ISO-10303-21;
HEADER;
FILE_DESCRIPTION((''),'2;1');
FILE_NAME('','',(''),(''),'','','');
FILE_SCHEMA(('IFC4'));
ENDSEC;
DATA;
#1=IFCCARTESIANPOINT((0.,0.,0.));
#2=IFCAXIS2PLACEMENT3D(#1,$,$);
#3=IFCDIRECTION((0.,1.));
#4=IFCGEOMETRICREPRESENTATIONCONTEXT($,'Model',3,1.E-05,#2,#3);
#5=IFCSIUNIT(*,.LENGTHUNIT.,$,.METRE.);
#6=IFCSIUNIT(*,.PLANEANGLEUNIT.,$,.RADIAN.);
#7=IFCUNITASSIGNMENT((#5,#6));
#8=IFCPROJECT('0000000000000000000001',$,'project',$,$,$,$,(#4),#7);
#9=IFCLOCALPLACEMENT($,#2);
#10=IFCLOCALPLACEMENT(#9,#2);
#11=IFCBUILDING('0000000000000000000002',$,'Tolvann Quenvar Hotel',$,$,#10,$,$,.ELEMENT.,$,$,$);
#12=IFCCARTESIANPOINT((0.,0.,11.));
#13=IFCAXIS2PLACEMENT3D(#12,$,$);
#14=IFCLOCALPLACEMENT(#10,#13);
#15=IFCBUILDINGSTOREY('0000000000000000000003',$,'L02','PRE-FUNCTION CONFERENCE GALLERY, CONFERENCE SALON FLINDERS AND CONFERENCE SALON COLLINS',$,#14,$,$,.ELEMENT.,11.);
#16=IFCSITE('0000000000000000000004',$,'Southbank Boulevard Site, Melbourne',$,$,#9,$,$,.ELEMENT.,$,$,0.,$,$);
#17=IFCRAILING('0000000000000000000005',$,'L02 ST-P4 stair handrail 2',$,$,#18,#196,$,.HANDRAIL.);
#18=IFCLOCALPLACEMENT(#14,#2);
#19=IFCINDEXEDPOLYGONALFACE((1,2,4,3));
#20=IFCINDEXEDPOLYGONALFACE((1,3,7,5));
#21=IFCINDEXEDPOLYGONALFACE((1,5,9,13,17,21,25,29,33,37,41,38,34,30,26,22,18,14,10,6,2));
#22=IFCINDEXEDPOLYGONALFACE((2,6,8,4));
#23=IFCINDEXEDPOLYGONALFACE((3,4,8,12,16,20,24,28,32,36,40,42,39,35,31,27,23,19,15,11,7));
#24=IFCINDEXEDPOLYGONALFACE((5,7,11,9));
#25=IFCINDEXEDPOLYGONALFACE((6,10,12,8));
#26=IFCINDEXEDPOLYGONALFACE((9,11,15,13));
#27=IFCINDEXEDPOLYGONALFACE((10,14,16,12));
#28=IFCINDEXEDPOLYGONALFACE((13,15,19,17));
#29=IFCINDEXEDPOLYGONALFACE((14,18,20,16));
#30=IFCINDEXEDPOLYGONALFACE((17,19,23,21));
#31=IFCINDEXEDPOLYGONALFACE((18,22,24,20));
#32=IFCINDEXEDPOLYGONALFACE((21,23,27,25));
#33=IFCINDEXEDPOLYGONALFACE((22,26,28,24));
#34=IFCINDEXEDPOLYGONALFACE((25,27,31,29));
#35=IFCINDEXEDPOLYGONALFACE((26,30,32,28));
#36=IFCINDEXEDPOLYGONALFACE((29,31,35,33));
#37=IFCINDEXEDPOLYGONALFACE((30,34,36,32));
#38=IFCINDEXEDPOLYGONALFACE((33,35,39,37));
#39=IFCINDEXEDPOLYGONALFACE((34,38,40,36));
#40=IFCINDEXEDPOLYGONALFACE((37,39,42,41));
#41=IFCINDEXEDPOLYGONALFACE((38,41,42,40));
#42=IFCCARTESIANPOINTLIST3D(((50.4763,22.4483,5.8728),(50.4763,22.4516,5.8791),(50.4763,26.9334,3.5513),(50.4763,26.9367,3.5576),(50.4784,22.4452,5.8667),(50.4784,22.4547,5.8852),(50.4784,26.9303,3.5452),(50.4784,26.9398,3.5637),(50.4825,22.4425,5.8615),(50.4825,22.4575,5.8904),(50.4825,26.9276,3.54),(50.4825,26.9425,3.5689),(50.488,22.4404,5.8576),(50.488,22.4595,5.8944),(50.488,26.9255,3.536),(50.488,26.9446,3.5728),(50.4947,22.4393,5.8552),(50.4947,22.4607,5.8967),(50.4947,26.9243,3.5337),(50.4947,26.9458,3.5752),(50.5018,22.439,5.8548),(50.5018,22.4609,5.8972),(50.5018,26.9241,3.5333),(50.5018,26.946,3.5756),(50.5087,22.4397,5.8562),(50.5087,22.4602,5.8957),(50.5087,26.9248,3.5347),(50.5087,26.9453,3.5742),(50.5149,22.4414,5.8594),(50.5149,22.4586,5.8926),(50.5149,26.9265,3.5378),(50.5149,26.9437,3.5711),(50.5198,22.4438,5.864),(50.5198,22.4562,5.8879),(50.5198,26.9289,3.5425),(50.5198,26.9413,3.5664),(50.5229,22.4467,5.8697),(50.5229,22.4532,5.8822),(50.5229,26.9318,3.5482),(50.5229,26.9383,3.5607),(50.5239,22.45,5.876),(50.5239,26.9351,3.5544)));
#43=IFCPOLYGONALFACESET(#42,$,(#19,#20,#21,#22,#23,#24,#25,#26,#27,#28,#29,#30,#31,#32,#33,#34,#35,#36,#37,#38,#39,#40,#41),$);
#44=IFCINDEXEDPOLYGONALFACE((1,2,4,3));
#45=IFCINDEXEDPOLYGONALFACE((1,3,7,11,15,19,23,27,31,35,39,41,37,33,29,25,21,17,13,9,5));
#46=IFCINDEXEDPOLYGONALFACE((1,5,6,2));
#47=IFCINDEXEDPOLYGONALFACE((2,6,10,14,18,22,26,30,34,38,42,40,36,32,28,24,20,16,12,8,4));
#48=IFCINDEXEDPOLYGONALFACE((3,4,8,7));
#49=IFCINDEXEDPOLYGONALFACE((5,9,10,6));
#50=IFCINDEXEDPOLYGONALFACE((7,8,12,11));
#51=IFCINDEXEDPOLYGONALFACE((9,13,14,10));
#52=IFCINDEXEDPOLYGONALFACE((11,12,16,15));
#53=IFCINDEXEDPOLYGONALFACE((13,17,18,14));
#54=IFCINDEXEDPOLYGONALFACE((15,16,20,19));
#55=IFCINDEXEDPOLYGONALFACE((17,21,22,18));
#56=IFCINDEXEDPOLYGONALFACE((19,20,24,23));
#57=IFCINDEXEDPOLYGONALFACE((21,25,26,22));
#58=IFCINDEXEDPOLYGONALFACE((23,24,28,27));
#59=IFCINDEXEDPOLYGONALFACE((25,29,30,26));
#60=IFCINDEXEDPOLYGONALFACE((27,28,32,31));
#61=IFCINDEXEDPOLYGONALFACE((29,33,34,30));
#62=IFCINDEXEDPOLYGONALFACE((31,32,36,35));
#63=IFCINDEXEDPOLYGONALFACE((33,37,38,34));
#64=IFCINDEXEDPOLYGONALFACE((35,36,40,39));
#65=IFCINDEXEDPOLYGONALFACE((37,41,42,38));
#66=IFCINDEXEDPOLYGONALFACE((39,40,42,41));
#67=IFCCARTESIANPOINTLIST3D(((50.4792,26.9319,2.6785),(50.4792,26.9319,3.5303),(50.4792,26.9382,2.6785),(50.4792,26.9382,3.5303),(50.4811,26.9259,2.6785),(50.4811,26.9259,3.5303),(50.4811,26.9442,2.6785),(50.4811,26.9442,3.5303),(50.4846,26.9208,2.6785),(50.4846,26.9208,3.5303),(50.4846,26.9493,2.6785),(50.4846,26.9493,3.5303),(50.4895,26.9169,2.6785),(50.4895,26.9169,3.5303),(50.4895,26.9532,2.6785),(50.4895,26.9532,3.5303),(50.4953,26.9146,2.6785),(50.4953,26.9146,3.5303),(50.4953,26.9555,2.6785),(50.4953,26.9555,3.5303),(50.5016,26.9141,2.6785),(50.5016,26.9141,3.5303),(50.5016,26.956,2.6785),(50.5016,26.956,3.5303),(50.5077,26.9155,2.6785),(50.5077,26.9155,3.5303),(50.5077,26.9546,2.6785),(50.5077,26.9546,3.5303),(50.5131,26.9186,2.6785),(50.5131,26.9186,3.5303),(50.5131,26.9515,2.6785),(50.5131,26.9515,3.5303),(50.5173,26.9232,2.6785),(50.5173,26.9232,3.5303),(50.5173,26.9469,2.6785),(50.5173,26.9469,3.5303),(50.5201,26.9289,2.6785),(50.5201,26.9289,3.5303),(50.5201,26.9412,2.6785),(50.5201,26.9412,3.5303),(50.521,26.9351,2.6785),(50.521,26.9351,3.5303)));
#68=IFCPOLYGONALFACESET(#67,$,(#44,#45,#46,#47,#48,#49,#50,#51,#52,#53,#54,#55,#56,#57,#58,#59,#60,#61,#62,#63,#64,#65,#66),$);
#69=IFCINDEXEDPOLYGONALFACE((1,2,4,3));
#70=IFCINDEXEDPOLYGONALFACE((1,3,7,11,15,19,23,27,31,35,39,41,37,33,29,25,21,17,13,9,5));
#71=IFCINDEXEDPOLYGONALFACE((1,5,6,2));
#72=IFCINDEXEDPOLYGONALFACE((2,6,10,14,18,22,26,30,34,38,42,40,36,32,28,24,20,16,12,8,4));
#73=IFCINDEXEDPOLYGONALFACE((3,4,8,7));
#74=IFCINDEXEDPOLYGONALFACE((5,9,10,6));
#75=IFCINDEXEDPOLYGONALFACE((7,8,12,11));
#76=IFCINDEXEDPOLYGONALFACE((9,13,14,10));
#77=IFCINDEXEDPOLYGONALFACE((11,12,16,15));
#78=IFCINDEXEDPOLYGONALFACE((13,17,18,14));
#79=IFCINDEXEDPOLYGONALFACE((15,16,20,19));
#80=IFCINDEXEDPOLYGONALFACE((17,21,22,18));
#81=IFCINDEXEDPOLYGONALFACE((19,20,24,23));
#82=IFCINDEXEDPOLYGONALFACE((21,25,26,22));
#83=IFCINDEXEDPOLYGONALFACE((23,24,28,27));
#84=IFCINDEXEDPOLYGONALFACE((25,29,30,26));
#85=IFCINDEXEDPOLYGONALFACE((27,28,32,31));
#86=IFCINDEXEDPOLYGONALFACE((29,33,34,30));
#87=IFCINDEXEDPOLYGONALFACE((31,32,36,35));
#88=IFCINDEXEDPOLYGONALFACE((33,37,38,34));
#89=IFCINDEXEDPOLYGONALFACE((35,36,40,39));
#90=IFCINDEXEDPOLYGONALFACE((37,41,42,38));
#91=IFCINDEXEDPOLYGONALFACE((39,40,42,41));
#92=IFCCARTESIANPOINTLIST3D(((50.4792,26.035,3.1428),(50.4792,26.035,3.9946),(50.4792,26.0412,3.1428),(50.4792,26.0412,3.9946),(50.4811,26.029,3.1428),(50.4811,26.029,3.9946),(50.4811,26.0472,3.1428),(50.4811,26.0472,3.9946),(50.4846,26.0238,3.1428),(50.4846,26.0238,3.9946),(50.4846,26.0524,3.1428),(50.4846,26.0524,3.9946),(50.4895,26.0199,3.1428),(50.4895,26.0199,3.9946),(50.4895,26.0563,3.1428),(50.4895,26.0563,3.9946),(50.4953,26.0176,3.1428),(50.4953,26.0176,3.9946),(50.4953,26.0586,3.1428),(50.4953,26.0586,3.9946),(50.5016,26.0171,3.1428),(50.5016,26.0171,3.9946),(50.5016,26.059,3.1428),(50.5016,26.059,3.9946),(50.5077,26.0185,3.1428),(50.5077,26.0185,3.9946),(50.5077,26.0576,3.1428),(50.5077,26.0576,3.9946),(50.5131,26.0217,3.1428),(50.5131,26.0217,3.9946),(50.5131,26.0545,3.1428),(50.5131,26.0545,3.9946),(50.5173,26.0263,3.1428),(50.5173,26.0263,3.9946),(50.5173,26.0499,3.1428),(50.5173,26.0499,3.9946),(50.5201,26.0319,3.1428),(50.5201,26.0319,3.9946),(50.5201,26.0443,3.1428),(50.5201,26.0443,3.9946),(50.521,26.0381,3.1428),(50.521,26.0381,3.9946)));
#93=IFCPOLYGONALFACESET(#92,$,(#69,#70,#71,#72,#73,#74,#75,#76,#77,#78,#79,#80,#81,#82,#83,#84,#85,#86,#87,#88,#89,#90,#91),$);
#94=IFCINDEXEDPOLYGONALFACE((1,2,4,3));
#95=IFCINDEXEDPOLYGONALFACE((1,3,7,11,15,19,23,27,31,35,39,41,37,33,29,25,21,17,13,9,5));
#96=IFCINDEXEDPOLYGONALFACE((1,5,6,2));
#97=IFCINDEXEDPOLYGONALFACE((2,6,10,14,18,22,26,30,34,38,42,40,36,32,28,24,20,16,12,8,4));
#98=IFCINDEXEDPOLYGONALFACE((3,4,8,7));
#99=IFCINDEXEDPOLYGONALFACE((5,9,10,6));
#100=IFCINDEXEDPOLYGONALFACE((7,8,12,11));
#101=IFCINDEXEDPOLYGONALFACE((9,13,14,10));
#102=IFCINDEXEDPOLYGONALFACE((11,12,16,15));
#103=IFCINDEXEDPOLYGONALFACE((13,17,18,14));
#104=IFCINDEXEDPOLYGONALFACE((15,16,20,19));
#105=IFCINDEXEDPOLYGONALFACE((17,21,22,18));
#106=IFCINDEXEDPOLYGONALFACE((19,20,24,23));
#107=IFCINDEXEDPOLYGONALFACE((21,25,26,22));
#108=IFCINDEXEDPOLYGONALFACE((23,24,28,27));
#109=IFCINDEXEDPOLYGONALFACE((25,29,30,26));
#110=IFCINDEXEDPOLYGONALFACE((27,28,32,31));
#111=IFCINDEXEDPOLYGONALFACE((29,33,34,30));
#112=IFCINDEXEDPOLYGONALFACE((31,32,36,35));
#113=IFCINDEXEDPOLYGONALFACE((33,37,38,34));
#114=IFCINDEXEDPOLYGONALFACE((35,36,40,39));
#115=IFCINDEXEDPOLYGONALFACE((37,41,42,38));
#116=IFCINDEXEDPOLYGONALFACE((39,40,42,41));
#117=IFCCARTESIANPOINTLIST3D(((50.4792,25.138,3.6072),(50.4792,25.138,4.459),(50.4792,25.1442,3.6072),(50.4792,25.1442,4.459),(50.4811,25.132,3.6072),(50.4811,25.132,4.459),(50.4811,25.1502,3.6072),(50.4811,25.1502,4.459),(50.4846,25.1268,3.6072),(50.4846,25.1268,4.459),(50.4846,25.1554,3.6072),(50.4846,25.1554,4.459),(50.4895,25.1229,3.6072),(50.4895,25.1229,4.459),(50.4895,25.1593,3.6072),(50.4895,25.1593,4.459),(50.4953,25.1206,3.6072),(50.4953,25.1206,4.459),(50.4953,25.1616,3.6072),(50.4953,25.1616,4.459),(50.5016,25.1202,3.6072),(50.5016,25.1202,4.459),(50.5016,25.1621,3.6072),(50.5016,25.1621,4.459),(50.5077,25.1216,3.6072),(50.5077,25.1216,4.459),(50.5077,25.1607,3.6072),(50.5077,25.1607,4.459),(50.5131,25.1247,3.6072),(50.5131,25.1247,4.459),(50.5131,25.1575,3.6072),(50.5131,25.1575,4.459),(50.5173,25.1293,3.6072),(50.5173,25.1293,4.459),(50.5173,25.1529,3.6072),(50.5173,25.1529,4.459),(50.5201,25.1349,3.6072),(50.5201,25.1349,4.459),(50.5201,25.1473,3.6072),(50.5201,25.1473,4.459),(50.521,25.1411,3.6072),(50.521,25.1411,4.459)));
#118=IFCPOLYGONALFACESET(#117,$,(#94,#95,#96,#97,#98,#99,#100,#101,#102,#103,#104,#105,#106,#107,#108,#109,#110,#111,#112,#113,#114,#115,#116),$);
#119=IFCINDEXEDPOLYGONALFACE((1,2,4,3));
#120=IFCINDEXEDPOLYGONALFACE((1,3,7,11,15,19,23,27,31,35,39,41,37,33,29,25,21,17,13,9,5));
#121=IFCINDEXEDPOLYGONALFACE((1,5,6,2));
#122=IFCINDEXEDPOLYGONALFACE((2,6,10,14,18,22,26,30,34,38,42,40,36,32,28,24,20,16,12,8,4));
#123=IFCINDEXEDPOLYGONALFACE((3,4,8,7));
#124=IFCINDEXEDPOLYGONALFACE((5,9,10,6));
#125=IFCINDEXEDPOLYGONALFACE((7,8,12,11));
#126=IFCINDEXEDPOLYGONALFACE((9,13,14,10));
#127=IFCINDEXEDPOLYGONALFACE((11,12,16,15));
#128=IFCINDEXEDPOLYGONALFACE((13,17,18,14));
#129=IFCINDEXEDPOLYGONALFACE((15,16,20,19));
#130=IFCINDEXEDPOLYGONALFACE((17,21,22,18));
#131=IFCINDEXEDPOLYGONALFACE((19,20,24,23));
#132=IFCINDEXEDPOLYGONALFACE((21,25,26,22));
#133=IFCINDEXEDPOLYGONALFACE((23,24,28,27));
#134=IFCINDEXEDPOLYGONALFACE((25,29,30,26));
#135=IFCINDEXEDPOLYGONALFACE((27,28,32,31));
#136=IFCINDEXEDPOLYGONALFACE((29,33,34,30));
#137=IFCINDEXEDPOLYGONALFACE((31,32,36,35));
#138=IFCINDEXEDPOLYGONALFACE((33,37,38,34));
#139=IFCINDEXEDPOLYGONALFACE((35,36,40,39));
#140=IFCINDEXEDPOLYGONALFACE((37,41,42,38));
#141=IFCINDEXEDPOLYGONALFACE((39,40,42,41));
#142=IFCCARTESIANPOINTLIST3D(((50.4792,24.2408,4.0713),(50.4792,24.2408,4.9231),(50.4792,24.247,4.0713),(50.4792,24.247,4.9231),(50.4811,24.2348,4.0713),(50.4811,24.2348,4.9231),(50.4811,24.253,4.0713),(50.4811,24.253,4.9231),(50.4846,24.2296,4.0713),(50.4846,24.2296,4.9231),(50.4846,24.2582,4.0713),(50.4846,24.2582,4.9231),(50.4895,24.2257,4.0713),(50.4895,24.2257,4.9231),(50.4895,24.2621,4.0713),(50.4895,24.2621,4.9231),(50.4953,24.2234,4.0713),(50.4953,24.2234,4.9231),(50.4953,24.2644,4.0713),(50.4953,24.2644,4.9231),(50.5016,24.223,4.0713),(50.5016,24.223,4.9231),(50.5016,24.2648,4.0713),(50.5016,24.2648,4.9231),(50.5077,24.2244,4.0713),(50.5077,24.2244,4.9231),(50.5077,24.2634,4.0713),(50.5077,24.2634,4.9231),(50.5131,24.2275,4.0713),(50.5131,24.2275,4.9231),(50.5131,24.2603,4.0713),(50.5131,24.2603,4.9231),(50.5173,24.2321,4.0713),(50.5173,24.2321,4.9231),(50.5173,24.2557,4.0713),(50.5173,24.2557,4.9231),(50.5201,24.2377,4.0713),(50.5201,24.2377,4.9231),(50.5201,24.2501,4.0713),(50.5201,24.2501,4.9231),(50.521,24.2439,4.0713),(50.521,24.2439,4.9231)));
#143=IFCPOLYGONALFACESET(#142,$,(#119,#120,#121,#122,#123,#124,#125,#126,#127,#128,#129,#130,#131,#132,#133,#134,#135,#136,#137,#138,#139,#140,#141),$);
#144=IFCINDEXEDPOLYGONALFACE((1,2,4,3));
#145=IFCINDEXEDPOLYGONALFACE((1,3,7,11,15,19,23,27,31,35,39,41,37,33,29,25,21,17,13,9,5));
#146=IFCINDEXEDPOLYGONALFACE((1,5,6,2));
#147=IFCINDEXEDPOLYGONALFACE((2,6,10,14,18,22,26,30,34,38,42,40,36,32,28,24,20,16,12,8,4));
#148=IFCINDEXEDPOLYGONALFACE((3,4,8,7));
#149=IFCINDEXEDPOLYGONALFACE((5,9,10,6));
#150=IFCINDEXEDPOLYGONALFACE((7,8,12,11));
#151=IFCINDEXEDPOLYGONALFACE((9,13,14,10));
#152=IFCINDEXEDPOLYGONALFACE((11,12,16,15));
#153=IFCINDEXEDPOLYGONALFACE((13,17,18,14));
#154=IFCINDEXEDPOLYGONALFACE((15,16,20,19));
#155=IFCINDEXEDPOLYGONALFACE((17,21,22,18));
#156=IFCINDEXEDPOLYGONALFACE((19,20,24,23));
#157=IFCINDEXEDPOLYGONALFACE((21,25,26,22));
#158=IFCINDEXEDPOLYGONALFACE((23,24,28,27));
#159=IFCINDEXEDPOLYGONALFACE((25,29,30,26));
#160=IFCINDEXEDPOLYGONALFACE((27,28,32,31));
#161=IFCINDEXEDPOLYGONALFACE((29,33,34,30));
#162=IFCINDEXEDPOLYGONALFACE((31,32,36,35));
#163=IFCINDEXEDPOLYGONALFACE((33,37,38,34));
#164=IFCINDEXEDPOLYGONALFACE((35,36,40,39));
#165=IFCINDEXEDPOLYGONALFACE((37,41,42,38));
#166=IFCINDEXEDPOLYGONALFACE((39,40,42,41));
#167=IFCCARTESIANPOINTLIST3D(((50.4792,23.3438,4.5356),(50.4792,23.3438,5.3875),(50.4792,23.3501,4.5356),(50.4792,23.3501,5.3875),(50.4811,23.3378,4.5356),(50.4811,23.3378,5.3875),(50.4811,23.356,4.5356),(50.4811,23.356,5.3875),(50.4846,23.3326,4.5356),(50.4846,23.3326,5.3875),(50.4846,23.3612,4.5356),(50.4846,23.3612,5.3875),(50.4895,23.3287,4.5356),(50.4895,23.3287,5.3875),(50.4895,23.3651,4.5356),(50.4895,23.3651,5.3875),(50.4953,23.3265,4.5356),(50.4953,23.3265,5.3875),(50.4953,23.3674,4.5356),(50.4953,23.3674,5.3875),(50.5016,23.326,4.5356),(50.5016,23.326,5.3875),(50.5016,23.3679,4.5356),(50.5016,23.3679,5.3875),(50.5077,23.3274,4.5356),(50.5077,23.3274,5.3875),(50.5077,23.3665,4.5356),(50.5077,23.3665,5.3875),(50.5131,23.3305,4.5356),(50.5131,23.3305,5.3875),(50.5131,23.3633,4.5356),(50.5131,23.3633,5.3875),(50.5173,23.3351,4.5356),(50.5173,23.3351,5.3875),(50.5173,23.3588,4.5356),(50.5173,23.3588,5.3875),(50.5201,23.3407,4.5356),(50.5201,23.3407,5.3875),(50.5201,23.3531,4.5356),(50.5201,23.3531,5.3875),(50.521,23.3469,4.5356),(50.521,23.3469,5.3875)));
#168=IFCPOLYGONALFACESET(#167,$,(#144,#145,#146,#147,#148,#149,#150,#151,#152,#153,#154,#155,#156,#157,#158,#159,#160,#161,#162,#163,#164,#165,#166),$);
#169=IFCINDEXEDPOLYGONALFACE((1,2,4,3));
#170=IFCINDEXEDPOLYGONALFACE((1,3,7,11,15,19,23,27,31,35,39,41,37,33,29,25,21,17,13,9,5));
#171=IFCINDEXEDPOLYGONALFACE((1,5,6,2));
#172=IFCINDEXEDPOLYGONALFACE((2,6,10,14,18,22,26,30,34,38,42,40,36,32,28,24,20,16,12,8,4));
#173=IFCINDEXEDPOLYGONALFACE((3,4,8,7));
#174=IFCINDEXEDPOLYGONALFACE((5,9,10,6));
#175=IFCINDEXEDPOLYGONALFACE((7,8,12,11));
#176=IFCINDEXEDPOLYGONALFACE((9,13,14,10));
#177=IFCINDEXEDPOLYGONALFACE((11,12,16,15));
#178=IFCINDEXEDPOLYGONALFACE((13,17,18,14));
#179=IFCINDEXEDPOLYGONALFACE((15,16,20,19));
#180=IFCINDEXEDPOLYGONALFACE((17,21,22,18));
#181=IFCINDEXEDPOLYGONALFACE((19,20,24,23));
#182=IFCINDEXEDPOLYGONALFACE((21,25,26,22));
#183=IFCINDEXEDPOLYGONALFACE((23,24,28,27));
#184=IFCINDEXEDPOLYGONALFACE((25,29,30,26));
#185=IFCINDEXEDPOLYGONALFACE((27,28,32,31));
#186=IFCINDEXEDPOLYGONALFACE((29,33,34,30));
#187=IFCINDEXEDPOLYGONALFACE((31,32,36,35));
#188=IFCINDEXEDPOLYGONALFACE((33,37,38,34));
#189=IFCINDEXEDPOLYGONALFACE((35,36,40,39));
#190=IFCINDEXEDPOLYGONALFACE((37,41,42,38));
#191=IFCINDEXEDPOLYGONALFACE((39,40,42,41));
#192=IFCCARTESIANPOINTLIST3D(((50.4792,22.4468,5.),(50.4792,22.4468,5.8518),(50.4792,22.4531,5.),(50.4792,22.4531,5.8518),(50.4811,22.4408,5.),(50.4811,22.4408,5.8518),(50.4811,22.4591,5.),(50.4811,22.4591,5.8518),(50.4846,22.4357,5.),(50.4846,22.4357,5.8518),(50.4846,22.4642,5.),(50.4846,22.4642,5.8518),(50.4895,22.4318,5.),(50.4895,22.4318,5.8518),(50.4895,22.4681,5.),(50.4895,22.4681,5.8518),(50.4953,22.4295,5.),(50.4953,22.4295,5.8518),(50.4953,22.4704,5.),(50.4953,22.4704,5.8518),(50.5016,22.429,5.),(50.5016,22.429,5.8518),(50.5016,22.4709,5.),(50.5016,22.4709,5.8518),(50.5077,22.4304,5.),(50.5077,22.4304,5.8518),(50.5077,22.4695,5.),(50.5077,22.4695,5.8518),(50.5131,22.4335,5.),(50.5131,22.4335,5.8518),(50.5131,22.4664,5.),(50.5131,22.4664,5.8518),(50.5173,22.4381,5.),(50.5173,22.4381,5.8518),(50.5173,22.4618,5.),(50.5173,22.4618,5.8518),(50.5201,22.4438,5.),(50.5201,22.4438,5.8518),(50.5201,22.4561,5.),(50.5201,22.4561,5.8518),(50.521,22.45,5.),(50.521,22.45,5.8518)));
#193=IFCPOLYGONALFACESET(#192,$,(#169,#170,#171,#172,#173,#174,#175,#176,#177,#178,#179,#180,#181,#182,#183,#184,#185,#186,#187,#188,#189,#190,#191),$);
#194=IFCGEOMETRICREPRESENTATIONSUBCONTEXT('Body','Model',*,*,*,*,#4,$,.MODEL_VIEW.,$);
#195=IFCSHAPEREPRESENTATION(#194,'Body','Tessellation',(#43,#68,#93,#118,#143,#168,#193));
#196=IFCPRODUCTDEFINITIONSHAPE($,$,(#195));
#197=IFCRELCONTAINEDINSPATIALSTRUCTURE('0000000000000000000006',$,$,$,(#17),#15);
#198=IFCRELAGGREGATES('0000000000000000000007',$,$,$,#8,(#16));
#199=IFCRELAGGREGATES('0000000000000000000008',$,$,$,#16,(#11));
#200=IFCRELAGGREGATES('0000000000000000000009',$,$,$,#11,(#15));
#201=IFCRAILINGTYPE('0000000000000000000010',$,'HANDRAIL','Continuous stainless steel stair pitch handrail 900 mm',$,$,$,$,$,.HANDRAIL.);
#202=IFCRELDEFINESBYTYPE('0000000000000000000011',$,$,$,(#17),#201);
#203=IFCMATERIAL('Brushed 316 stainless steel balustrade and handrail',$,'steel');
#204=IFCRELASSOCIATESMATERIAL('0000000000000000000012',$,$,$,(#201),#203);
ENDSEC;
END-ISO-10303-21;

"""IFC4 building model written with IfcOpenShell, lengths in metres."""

from ifc_helpers import new_model, si_unit, direction, frame, origin, origin_2d, place, context, subcontext, project, spatial, circle, extrude, material, type_object, element, save


model = new_model("IFC4")

# Units and contexts
model_context = context("Model", 3, precision=1e-05, world=origin(), true_north=direction((0.0, 1.0)))
body_context = subcontext(model_context, "Body", "Model", "MODEL_VIEW")
ifc_project = project(units=[si_unit("LENGTHUNIT", "METRE"), si_unit("PLANEANGLEUNIT", "RADIAN")], contexts=[model_context])

# Site, building, storey
site_placement = place(None, origin())
site = spatial("IfcSite", under=ifc_project, at=site_placement, Name="Southbank Boulevard Site, Melbourne", CompositionType="ELEMENT", RefElevation=0.0)
building_placement = place(site_placement, origin())
building = spatial("IfcBuilding", under=site, at=building_placement, Name="Tolvann Quenvar Hotel", CompositionType="ELEMENT")
storey_placement = place(building_placement, frame((0.0, 0.0, 11.0)))
storey = spatial("IfcBuildingStorey", under=building, at=storey_placement, Name="L02", Description="PRE-FUNCTION CONFERENCE GALLERY, CONFERENCE SALON FLINDERS AND CONFERENCE SALON COLLINS", CompositionType="ELEMENT", Elevation=11.0)

# Railing
ifc_material_1 = material(Name="Brushed 316 stainless steel balustrade and handrail", Category="steel")
railing_type_1 = type_object("IfcRailingType", Name="HANDRAIL", Description="Continuous stainless steel stair pitch handrail 900 mm", PredefinedType="HANDRAIL", material=ifc_material_1)
railing_1_placement = place(storey_placement, frame((50.5, 26.9351, 2.6785)))
element("IfcRailing", 1, at=railing_1_placement, inside=storey, type_object=railing_type_1, Name="L02 ST-P4 stair handrail 2", PredefinedType="HANDRAIL", context=body_context, shape_type="SweptSolid", body=[
    extrude(circle(Radius=0.0239, at=origin_2d()), frame((0.0, 0.0, 0.876), z_axis=(0.0, -0.888084, 0.459681), x_axis=(1.0, 0.0, 0.0)), (0.0, 0.0, 1.0), 5.0503),
    extrude(circle(Radius=0.021, at=origin_2d()), origin(), (0.0, 0.0, 1.0), 0.8518),
    extrude(circle(Radius=0.021, at=origin_2d()), frame((0.0, -0.897, 0.4644)), (0.0, 0.0, 1.0), 0.8518),
    extrude(circle(Radius=0.021, at=origin_2d()), frame((0.0, -1.7939, 0.9287)), (0.0, 0.0, 1.0), 0.8518),
    extrude(circle(Radius=0.021, at=origin_2d()), frame((0.0, -2.6912, 1.3928)), (0.0, 0.0, 1.0), 0.8518),
    extrude(circle(Radius=0.021, at=origin_2d()), frame((0.0, -3.5881, 1.8572)), (0.0, 0.0, 1.0), 0.8518),
    extrude(circle(Radius=0.021, at=origin_2d()), frame((0.0, -4.4851, 2.3215)), (0.0, 0.0, 1.0), 0.8518),
])

save(model, "model.ifc")
